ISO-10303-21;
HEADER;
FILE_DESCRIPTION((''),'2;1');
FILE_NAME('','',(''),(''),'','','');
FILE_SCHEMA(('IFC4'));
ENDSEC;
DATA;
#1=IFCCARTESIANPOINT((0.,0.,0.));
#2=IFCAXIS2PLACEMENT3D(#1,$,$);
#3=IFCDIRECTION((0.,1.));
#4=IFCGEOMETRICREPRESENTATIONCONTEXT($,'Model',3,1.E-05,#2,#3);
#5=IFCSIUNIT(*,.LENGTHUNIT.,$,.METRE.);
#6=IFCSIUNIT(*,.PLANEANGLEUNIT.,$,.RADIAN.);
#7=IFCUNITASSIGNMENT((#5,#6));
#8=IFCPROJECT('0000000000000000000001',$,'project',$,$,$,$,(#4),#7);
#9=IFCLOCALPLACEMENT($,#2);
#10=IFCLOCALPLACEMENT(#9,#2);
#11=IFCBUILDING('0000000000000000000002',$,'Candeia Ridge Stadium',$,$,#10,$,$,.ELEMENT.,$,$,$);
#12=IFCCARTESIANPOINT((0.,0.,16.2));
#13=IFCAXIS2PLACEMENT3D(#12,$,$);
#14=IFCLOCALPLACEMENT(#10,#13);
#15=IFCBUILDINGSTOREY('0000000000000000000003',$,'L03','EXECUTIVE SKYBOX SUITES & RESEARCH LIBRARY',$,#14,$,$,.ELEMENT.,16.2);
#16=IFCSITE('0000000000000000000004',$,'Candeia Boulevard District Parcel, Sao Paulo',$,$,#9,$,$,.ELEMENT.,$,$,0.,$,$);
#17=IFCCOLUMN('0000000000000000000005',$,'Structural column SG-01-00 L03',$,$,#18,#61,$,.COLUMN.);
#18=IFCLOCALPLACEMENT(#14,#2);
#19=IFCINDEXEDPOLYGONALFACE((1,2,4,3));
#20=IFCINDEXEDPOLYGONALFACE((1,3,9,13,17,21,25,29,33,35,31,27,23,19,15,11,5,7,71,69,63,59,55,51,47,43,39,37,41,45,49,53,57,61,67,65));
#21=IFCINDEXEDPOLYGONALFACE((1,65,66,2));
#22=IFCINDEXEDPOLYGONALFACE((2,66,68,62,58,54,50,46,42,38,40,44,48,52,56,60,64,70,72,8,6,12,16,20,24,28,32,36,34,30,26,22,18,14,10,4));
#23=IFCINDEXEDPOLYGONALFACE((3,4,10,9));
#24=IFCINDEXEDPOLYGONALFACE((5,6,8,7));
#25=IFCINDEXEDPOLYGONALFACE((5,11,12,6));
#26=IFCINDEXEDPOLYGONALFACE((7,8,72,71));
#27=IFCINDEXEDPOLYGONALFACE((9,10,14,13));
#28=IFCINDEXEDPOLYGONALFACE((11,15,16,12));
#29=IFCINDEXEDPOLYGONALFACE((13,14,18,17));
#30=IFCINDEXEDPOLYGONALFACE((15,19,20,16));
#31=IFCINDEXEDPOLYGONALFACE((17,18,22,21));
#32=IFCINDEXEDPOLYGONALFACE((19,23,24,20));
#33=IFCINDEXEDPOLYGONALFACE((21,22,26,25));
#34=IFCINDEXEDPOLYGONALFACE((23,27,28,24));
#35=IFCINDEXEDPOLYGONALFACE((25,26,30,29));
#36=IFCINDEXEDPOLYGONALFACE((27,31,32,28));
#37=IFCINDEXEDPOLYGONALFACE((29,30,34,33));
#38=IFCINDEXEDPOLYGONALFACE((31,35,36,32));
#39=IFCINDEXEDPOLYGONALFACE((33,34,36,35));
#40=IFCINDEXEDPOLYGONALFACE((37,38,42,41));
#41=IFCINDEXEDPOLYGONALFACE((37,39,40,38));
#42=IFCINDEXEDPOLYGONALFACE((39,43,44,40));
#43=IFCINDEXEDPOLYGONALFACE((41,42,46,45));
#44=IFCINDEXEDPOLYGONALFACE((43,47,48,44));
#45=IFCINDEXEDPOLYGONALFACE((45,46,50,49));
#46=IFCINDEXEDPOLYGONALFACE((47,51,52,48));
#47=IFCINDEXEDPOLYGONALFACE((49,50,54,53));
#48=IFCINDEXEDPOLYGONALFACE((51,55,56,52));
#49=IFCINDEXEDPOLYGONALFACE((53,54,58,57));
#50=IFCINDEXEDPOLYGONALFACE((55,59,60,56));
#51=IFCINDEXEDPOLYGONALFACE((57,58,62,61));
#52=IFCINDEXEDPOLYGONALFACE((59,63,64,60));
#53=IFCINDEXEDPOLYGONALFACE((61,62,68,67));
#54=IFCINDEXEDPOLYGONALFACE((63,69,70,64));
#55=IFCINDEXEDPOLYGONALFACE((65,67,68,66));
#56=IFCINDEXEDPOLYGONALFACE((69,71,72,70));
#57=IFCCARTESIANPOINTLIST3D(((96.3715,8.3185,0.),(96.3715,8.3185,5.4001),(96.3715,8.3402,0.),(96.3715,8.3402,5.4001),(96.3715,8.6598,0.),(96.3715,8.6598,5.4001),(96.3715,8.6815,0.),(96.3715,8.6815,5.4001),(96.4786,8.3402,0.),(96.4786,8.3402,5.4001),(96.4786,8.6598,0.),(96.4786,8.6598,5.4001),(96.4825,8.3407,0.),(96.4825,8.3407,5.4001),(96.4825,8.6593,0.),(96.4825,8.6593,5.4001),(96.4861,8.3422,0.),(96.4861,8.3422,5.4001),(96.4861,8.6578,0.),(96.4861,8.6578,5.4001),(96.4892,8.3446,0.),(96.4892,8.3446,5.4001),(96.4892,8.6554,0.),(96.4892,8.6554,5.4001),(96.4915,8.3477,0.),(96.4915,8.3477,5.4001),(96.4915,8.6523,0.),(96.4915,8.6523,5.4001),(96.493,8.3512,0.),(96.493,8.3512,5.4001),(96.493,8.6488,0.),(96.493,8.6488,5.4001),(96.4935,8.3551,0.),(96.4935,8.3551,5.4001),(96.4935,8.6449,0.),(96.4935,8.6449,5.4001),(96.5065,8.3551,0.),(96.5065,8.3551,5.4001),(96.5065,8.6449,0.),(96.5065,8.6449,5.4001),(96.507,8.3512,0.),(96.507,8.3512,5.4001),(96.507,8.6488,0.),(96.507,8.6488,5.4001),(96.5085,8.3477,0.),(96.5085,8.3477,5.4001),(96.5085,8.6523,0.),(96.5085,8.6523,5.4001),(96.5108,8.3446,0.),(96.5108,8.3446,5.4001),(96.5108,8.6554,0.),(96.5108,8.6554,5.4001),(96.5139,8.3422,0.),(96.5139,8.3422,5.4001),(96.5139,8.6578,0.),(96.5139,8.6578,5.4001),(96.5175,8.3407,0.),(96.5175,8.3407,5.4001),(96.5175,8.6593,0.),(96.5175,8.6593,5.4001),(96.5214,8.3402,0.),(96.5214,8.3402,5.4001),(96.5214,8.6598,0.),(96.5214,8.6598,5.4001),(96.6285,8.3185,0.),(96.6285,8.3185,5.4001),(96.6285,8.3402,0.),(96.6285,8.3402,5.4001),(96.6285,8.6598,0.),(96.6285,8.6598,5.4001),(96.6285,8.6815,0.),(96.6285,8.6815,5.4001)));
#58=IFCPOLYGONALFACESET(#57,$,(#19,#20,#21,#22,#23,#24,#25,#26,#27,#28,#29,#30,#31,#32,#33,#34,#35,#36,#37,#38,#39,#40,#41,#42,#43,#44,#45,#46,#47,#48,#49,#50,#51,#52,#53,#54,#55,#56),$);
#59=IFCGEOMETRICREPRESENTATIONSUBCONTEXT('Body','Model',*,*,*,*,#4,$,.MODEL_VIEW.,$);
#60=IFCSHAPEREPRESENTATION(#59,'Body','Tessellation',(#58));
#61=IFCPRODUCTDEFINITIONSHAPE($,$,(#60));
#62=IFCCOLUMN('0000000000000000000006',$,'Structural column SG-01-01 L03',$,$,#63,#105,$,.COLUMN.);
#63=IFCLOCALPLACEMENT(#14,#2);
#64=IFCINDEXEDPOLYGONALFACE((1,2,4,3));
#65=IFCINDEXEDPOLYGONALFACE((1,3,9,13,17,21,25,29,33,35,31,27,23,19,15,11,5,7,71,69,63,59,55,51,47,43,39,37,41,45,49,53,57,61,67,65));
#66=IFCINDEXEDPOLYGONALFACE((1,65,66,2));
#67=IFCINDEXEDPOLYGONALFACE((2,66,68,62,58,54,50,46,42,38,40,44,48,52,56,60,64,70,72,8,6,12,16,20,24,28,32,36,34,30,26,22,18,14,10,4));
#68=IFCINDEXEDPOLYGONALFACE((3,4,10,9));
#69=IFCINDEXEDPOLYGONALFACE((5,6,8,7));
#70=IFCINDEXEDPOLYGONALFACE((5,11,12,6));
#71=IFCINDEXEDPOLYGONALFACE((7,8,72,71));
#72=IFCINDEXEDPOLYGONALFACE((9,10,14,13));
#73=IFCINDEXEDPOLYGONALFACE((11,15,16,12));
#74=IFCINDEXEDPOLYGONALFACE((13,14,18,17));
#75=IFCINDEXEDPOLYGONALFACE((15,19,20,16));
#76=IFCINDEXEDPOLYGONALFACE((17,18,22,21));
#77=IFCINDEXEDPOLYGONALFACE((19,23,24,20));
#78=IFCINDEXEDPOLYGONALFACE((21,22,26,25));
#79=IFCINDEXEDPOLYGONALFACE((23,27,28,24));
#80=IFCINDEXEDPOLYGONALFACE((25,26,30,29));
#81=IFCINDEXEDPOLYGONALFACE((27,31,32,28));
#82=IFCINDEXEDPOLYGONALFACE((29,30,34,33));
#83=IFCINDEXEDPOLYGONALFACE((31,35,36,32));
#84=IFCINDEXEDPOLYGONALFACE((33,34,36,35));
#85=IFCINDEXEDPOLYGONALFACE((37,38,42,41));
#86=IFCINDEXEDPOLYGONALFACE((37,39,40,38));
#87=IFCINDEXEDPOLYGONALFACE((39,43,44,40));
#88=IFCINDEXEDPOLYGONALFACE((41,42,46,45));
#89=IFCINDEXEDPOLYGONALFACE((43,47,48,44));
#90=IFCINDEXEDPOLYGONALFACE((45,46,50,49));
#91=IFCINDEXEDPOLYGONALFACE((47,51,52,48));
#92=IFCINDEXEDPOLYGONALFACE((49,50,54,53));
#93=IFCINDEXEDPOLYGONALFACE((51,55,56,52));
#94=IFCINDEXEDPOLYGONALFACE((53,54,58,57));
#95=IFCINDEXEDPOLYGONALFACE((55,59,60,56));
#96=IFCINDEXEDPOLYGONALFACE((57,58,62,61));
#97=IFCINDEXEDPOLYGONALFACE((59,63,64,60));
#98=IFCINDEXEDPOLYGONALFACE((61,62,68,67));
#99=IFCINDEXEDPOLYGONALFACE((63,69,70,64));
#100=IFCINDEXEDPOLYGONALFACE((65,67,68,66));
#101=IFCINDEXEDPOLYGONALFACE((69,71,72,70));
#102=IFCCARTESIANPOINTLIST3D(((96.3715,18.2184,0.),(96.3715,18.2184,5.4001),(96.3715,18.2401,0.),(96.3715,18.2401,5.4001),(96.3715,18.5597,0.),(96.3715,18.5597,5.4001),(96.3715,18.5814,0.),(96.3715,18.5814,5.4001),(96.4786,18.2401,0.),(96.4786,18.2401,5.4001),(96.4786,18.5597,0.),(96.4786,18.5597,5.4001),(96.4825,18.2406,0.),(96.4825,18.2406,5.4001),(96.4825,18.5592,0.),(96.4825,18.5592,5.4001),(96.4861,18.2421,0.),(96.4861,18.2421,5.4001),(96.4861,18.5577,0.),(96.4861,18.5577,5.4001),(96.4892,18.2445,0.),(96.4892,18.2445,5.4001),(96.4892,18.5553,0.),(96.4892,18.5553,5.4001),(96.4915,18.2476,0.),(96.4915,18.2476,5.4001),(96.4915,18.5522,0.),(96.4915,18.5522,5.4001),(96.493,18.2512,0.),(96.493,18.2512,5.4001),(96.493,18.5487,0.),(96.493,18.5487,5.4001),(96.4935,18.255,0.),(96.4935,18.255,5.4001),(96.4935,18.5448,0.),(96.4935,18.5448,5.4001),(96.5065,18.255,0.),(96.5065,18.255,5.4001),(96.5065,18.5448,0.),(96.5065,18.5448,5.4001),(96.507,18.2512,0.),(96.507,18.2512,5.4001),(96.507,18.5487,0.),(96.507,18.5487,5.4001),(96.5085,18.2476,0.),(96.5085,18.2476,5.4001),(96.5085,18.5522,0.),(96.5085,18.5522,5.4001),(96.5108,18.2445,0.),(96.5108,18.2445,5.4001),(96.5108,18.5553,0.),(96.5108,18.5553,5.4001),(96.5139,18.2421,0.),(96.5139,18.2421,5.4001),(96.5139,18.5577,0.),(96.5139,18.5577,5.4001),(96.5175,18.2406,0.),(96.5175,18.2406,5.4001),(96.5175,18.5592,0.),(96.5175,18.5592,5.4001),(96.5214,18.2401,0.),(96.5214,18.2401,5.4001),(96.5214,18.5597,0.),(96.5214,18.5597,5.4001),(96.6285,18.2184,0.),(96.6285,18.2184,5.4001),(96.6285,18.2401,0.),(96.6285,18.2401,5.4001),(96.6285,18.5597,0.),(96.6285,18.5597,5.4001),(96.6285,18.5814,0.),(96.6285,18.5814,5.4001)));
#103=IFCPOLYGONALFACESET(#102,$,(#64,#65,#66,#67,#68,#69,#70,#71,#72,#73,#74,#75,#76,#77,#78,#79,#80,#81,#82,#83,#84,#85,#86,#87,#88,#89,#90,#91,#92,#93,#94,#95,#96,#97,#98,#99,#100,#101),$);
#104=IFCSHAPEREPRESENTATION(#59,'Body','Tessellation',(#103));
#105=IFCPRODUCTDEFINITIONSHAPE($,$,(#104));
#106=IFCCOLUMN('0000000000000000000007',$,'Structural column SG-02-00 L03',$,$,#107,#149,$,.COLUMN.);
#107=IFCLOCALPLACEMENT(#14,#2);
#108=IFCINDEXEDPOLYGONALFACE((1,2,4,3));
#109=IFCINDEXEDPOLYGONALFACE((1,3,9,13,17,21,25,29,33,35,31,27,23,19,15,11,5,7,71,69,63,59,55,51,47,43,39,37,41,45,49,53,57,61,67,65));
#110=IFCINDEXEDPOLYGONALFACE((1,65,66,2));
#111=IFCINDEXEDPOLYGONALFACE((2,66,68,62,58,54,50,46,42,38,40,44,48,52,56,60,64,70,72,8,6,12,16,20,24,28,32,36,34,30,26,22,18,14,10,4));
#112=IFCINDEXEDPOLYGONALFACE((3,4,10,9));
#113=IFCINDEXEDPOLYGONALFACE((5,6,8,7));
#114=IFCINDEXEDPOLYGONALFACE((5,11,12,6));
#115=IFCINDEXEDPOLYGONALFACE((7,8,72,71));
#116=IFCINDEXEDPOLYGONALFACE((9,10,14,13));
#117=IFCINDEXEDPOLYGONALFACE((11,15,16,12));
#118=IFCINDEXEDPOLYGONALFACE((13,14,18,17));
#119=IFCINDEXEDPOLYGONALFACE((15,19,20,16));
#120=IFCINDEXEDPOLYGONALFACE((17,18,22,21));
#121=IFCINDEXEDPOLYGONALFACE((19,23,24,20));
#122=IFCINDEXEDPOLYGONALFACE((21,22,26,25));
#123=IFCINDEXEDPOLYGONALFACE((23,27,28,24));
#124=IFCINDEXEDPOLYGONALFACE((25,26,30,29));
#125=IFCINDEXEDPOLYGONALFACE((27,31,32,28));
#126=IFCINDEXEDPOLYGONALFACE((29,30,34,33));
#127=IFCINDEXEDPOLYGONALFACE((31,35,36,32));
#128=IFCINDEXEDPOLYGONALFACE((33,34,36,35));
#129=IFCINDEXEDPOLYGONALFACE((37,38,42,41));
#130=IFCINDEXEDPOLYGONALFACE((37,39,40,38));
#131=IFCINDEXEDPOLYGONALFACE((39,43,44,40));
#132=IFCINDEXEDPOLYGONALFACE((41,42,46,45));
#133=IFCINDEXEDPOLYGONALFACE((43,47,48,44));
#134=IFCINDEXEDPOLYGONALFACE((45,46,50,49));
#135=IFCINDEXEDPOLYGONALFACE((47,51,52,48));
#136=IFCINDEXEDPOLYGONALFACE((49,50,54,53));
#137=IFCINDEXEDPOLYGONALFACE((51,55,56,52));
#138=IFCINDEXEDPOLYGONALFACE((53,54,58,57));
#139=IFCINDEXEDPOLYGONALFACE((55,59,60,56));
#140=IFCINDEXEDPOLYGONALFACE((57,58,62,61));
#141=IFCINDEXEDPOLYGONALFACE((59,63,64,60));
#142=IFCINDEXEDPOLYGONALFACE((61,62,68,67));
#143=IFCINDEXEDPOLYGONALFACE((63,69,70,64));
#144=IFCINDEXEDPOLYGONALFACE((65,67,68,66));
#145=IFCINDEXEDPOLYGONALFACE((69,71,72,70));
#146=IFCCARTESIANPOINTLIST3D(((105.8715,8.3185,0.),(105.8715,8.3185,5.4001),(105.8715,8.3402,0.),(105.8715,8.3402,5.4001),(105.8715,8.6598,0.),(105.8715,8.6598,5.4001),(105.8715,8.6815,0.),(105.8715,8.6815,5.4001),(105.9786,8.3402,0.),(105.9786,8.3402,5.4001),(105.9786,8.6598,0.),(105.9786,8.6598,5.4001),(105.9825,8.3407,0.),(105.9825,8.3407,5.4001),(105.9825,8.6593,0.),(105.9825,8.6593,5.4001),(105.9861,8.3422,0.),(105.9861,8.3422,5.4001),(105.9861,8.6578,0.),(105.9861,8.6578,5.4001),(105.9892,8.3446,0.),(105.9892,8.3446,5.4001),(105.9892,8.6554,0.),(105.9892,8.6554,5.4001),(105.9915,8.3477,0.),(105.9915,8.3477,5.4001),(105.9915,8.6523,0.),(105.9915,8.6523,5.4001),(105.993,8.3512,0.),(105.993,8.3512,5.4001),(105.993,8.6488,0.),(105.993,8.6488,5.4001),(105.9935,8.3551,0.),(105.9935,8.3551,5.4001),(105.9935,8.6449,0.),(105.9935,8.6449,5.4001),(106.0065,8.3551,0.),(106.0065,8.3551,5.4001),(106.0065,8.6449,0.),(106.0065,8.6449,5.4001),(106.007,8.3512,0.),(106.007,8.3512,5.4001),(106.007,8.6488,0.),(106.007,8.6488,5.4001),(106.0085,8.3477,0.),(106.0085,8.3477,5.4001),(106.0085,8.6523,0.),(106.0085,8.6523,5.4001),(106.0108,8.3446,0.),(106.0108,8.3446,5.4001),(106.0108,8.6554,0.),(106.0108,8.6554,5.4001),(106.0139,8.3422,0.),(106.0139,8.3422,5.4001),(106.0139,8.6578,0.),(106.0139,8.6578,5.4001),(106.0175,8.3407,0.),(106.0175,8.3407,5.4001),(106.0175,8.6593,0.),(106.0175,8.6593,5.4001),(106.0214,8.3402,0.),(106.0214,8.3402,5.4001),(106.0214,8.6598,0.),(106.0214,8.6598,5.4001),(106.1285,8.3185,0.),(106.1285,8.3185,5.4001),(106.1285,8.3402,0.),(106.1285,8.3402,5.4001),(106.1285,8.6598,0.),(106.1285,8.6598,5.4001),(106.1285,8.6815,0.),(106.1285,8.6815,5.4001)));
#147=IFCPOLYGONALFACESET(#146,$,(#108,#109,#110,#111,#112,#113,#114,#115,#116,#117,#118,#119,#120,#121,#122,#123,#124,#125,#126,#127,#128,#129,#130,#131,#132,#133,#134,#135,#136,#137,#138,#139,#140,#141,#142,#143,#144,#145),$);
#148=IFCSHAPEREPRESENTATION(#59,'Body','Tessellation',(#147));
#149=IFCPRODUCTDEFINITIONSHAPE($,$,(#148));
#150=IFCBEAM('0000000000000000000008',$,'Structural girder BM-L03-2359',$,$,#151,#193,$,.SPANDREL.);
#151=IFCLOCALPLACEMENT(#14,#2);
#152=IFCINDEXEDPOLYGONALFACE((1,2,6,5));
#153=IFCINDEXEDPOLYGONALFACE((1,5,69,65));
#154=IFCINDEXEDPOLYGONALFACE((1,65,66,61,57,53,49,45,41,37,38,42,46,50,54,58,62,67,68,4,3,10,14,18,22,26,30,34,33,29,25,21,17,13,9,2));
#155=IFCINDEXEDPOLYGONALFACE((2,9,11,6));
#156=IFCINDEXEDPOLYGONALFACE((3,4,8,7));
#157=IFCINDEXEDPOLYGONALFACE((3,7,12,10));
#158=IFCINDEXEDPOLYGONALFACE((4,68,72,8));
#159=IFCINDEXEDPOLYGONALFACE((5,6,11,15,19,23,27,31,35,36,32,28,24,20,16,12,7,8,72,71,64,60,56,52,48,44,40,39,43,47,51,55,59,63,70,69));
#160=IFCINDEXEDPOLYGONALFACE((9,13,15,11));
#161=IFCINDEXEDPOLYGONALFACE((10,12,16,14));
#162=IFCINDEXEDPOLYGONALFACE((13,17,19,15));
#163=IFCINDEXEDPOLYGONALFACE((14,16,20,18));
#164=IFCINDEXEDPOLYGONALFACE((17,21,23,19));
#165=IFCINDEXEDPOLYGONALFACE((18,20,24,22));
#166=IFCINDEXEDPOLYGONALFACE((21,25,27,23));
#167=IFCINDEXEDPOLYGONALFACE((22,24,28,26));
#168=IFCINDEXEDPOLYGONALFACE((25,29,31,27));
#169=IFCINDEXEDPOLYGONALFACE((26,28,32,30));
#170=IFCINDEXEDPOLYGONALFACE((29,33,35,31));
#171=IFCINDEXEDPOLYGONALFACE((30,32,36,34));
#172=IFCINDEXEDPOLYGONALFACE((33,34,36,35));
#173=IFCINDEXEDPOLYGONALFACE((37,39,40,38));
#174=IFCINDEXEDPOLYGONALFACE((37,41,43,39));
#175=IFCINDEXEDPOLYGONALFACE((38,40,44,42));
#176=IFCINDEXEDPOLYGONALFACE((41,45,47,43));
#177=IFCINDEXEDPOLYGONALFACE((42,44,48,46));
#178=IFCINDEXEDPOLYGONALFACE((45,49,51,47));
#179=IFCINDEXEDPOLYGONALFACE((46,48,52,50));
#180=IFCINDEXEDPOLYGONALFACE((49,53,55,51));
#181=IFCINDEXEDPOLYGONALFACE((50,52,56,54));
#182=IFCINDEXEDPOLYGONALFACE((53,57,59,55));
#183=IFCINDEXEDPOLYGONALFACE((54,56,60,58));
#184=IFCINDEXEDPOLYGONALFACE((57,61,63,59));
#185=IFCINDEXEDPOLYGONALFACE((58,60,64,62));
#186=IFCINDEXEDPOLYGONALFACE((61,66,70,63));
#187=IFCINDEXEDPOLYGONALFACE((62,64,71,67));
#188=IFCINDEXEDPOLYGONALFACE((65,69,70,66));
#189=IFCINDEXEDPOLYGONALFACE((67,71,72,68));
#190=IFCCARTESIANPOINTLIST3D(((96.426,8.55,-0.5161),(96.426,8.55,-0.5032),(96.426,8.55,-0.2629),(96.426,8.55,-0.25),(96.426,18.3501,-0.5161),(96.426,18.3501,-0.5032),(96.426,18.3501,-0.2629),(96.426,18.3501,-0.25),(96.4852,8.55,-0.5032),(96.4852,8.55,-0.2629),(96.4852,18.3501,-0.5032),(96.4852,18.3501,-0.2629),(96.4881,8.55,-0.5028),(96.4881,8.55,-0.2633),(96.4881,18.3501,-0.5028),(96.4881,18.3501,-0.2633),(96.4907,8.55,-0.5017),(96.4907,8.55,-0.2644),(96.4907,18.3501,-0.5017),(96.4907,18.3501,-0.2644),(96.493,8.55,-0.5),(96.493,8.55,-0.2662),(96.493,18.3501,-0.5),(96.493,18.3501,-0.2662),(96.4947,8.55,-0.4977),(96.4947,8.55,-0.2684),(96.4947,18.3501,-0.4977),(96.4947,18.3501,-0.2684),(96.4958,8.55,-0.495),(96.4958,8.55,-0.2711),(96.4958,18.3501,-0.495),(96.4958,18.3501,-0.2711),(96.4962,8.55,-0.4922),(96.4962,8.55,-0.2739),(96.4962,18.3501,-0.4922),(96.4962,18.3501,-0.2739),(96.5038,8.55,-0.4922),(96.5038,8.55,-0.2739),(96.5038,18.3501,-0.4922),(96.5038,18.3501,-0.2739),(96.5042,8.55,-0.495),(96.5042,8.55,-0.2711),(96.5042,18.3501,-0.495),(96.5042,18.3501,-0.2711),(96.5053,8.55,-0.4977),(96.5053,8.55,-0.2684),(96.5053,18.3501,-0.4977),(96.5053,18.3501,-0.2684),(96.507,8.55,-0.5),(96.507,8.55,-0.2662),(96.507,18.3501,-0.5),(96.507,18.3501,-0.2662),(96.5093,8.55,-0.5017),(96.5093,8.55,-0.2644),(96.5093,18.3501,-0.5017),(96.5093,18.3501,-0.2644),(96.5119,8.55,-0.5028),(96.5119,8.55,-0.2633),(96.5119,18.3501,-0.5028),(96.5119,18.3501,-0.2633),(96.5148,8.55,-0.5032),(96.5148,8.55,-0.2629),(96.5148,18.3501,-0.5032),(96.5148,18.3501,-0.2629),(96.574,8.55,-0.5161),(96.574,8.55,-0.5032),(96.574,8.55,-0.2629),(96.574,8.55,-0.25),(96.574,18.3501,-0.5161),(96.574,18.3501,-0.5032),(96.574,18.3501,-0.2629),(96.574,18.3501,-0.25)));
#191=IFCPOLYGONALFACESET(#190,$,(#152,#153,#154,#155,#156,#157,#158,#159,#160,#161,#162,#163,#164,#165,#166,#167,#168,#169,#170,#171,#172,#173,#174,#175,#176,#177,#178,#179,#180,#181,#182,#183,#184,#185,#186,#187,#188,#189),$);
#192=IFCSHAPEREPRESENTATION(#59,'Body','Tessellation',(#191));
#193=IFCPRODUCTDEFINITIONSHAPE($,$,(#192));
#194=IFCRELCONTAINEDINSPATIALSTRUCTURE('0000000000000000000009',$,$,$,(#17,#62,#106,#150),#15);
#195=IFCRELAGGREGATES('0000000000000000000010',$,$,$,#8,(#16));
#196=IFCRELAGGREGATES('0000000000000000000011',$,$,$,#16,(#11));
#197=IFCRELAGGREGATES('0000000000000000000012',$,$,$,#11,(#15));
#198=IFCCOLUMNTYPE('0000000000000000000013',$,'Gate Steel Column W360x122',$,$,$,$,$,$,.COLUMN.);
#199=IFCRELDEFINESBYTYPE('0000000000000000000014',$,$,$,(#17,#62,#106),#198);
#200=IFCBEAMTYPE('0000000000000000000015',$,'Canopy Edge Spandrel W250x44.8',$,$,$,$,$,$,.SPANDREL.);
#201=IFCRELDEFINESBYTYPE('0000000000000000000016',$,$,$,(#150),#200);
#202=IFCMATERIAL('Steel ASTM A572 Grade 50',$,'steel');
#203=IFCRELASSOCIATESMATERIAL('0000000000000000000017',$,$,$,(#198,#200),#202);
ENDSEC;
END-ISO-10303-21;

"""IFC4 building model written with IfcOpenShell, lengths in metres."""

from ifc_helpers import new_model, si_unit, direction, frame, origin, origin_2d, place, context, subcontext, project, spatial, i_section, extrude, material, material_profile, profile_set, type_object, element, save


model = new_model("IFC4")

# Units and contexts
model_context = context("Model", 3, precision=1e-05, world=origin(), true_north=direction((0.0, 1.0)))
body_context = subcontext(model_context, "Body", "Model", "MODEL_VIEW")
ifc_project = project(units=[si_unit("LENGTHUNIT", "METRE"), si_unit("PLANEANGLEUNIT", "RADIAN")], contexts=[model_context])

# Site, building, storey
site_placement = place(None, origin())
site = spatial("IfcSite", under=ifc_project, at=site_placement, Name="Candeia Boulevard District Parcel, Sao Paulo", CompositionType="ELEMENT", RefElevation=0.0)
building_placement = place(site_placement, origin())
building = spatial("IfcBuilding", under=site, at=building_placement, Name="Candeia Ridge Stadium", CompositionType="ELEMENT")
storey_placement = place(building_placement, frame((0.0, 0.0, 16.2)))
storey = spatial("IfcBuildingStorey", under=building, at=storey_placement, Name="L03", Description="EXECUTIVE SKYBOX SUITES & RESEARCH LIBRARY", CompositionType="ELEMENT", Elevation=16.2)

# Columns
ifc_material_1 = material(Name="Steel ASTM A572 Grade 50", Category="steel")
ifc_material_profile_1 = material_profile(ifc_material_1, i_section(OverallWidth=0.2571, OverallDepth=0.363, WebThickness=0.0129, FlangeThickness=0.0217, FilletRadius=0.0149, at=origin_2d()), Name="W360x122", Category="steel")
ifc_profile_set_1 = profile_set([ifc_material_profile_1], Name="Steel ASTM A572 Grade 50")
column_type = type_object("IfcColumnType", Name="Gate Steel Column W360x122", PredefinedType="COLUMN", material=ifc_profile_set_1)
for number, where, z_axis, x_axis, name in (
    (1, (96.5, 8.5, 0.0), (0.0, 0.0, 1.0), (1.0, 0.0, 0.0), "Structural column SG-01-00 L03"),
    (2, (96.5, 18.3999, 0.0), (0.0, 0.0, 1.0), (1.0, 0.0, 0.0), "Structural column SG-01-01 L03"),
    (3, (106.0, 8.5, 0.0), (0.0, 0.0, 1.0), (1.0, 0.0, 0.0), "Structural column SG-02-00 L03"),
):
    element("IfcColumn", number, at=place(storey_placement, frame(where, z_axis=z_axis, x_axis=x_axis)), inside=storey, type_object=column_type, Name=name, PredefinedType="COLUMN", context=body_context, shape_type="SweptSolid", body=[
        extrude(i_section(OverallWidth=0.2571, OverallDepth=0.363, WebThickness=0.0129, FlangeThickness=0.0217, FilletRadius=0.0149, at=origin_2d()), origin(), (0.0, 0.0, 1.0), 5.4001),
    ])

# Beam
ifc_material_profile_2 = material_profile(ifc_material_1, i_section(OverallWidth=0.1479, OverallDepth=0.2661, WebThickness=0.0076, FlangeThickness=0.0129, FilletRadius=0.011, at=origin_2d()), Name="W250x44.8", Category="steel")
ifc_profile_set_2 = profile_set([ifc_material_profile_2], Name="Steel ASTM A572 Grade 50")
beam_type_1 = type_object("IfcBeamType", Name="Canopy Edge Spandrel W250x44.8", PredefinedType="SPANDREL", material=ifc_profile_set_2)
for number, where, z_axis, x_axis, name in (
    (4, (96.5, 8.55, -0.3831), (0.0, 1.0, 0.0), (-1.0, 0.0, 0.0), "Structural girder BM-L03-2359"),
):
    element("IfcBeam", number, at=place(storey_placement, frame(where, z_axis=z_axis, x_axis=x_axis)), inside=storey, type_object=beam_type_1, Name=name, PredefinedType="SPANDREL", context=body_context, shape_type="SweptSolid", body=[
        extrude(i_section(OverallWidth=0.1479, OverallDepth=0.2661, WebThickness=0.0076, FlangeThickness=0.0129, FilletRadius=0.011, at=origin_2d()), origin(), (0.0, 0.0, 1.0), 9.8),
    ])

save(model, "model.ifc")
